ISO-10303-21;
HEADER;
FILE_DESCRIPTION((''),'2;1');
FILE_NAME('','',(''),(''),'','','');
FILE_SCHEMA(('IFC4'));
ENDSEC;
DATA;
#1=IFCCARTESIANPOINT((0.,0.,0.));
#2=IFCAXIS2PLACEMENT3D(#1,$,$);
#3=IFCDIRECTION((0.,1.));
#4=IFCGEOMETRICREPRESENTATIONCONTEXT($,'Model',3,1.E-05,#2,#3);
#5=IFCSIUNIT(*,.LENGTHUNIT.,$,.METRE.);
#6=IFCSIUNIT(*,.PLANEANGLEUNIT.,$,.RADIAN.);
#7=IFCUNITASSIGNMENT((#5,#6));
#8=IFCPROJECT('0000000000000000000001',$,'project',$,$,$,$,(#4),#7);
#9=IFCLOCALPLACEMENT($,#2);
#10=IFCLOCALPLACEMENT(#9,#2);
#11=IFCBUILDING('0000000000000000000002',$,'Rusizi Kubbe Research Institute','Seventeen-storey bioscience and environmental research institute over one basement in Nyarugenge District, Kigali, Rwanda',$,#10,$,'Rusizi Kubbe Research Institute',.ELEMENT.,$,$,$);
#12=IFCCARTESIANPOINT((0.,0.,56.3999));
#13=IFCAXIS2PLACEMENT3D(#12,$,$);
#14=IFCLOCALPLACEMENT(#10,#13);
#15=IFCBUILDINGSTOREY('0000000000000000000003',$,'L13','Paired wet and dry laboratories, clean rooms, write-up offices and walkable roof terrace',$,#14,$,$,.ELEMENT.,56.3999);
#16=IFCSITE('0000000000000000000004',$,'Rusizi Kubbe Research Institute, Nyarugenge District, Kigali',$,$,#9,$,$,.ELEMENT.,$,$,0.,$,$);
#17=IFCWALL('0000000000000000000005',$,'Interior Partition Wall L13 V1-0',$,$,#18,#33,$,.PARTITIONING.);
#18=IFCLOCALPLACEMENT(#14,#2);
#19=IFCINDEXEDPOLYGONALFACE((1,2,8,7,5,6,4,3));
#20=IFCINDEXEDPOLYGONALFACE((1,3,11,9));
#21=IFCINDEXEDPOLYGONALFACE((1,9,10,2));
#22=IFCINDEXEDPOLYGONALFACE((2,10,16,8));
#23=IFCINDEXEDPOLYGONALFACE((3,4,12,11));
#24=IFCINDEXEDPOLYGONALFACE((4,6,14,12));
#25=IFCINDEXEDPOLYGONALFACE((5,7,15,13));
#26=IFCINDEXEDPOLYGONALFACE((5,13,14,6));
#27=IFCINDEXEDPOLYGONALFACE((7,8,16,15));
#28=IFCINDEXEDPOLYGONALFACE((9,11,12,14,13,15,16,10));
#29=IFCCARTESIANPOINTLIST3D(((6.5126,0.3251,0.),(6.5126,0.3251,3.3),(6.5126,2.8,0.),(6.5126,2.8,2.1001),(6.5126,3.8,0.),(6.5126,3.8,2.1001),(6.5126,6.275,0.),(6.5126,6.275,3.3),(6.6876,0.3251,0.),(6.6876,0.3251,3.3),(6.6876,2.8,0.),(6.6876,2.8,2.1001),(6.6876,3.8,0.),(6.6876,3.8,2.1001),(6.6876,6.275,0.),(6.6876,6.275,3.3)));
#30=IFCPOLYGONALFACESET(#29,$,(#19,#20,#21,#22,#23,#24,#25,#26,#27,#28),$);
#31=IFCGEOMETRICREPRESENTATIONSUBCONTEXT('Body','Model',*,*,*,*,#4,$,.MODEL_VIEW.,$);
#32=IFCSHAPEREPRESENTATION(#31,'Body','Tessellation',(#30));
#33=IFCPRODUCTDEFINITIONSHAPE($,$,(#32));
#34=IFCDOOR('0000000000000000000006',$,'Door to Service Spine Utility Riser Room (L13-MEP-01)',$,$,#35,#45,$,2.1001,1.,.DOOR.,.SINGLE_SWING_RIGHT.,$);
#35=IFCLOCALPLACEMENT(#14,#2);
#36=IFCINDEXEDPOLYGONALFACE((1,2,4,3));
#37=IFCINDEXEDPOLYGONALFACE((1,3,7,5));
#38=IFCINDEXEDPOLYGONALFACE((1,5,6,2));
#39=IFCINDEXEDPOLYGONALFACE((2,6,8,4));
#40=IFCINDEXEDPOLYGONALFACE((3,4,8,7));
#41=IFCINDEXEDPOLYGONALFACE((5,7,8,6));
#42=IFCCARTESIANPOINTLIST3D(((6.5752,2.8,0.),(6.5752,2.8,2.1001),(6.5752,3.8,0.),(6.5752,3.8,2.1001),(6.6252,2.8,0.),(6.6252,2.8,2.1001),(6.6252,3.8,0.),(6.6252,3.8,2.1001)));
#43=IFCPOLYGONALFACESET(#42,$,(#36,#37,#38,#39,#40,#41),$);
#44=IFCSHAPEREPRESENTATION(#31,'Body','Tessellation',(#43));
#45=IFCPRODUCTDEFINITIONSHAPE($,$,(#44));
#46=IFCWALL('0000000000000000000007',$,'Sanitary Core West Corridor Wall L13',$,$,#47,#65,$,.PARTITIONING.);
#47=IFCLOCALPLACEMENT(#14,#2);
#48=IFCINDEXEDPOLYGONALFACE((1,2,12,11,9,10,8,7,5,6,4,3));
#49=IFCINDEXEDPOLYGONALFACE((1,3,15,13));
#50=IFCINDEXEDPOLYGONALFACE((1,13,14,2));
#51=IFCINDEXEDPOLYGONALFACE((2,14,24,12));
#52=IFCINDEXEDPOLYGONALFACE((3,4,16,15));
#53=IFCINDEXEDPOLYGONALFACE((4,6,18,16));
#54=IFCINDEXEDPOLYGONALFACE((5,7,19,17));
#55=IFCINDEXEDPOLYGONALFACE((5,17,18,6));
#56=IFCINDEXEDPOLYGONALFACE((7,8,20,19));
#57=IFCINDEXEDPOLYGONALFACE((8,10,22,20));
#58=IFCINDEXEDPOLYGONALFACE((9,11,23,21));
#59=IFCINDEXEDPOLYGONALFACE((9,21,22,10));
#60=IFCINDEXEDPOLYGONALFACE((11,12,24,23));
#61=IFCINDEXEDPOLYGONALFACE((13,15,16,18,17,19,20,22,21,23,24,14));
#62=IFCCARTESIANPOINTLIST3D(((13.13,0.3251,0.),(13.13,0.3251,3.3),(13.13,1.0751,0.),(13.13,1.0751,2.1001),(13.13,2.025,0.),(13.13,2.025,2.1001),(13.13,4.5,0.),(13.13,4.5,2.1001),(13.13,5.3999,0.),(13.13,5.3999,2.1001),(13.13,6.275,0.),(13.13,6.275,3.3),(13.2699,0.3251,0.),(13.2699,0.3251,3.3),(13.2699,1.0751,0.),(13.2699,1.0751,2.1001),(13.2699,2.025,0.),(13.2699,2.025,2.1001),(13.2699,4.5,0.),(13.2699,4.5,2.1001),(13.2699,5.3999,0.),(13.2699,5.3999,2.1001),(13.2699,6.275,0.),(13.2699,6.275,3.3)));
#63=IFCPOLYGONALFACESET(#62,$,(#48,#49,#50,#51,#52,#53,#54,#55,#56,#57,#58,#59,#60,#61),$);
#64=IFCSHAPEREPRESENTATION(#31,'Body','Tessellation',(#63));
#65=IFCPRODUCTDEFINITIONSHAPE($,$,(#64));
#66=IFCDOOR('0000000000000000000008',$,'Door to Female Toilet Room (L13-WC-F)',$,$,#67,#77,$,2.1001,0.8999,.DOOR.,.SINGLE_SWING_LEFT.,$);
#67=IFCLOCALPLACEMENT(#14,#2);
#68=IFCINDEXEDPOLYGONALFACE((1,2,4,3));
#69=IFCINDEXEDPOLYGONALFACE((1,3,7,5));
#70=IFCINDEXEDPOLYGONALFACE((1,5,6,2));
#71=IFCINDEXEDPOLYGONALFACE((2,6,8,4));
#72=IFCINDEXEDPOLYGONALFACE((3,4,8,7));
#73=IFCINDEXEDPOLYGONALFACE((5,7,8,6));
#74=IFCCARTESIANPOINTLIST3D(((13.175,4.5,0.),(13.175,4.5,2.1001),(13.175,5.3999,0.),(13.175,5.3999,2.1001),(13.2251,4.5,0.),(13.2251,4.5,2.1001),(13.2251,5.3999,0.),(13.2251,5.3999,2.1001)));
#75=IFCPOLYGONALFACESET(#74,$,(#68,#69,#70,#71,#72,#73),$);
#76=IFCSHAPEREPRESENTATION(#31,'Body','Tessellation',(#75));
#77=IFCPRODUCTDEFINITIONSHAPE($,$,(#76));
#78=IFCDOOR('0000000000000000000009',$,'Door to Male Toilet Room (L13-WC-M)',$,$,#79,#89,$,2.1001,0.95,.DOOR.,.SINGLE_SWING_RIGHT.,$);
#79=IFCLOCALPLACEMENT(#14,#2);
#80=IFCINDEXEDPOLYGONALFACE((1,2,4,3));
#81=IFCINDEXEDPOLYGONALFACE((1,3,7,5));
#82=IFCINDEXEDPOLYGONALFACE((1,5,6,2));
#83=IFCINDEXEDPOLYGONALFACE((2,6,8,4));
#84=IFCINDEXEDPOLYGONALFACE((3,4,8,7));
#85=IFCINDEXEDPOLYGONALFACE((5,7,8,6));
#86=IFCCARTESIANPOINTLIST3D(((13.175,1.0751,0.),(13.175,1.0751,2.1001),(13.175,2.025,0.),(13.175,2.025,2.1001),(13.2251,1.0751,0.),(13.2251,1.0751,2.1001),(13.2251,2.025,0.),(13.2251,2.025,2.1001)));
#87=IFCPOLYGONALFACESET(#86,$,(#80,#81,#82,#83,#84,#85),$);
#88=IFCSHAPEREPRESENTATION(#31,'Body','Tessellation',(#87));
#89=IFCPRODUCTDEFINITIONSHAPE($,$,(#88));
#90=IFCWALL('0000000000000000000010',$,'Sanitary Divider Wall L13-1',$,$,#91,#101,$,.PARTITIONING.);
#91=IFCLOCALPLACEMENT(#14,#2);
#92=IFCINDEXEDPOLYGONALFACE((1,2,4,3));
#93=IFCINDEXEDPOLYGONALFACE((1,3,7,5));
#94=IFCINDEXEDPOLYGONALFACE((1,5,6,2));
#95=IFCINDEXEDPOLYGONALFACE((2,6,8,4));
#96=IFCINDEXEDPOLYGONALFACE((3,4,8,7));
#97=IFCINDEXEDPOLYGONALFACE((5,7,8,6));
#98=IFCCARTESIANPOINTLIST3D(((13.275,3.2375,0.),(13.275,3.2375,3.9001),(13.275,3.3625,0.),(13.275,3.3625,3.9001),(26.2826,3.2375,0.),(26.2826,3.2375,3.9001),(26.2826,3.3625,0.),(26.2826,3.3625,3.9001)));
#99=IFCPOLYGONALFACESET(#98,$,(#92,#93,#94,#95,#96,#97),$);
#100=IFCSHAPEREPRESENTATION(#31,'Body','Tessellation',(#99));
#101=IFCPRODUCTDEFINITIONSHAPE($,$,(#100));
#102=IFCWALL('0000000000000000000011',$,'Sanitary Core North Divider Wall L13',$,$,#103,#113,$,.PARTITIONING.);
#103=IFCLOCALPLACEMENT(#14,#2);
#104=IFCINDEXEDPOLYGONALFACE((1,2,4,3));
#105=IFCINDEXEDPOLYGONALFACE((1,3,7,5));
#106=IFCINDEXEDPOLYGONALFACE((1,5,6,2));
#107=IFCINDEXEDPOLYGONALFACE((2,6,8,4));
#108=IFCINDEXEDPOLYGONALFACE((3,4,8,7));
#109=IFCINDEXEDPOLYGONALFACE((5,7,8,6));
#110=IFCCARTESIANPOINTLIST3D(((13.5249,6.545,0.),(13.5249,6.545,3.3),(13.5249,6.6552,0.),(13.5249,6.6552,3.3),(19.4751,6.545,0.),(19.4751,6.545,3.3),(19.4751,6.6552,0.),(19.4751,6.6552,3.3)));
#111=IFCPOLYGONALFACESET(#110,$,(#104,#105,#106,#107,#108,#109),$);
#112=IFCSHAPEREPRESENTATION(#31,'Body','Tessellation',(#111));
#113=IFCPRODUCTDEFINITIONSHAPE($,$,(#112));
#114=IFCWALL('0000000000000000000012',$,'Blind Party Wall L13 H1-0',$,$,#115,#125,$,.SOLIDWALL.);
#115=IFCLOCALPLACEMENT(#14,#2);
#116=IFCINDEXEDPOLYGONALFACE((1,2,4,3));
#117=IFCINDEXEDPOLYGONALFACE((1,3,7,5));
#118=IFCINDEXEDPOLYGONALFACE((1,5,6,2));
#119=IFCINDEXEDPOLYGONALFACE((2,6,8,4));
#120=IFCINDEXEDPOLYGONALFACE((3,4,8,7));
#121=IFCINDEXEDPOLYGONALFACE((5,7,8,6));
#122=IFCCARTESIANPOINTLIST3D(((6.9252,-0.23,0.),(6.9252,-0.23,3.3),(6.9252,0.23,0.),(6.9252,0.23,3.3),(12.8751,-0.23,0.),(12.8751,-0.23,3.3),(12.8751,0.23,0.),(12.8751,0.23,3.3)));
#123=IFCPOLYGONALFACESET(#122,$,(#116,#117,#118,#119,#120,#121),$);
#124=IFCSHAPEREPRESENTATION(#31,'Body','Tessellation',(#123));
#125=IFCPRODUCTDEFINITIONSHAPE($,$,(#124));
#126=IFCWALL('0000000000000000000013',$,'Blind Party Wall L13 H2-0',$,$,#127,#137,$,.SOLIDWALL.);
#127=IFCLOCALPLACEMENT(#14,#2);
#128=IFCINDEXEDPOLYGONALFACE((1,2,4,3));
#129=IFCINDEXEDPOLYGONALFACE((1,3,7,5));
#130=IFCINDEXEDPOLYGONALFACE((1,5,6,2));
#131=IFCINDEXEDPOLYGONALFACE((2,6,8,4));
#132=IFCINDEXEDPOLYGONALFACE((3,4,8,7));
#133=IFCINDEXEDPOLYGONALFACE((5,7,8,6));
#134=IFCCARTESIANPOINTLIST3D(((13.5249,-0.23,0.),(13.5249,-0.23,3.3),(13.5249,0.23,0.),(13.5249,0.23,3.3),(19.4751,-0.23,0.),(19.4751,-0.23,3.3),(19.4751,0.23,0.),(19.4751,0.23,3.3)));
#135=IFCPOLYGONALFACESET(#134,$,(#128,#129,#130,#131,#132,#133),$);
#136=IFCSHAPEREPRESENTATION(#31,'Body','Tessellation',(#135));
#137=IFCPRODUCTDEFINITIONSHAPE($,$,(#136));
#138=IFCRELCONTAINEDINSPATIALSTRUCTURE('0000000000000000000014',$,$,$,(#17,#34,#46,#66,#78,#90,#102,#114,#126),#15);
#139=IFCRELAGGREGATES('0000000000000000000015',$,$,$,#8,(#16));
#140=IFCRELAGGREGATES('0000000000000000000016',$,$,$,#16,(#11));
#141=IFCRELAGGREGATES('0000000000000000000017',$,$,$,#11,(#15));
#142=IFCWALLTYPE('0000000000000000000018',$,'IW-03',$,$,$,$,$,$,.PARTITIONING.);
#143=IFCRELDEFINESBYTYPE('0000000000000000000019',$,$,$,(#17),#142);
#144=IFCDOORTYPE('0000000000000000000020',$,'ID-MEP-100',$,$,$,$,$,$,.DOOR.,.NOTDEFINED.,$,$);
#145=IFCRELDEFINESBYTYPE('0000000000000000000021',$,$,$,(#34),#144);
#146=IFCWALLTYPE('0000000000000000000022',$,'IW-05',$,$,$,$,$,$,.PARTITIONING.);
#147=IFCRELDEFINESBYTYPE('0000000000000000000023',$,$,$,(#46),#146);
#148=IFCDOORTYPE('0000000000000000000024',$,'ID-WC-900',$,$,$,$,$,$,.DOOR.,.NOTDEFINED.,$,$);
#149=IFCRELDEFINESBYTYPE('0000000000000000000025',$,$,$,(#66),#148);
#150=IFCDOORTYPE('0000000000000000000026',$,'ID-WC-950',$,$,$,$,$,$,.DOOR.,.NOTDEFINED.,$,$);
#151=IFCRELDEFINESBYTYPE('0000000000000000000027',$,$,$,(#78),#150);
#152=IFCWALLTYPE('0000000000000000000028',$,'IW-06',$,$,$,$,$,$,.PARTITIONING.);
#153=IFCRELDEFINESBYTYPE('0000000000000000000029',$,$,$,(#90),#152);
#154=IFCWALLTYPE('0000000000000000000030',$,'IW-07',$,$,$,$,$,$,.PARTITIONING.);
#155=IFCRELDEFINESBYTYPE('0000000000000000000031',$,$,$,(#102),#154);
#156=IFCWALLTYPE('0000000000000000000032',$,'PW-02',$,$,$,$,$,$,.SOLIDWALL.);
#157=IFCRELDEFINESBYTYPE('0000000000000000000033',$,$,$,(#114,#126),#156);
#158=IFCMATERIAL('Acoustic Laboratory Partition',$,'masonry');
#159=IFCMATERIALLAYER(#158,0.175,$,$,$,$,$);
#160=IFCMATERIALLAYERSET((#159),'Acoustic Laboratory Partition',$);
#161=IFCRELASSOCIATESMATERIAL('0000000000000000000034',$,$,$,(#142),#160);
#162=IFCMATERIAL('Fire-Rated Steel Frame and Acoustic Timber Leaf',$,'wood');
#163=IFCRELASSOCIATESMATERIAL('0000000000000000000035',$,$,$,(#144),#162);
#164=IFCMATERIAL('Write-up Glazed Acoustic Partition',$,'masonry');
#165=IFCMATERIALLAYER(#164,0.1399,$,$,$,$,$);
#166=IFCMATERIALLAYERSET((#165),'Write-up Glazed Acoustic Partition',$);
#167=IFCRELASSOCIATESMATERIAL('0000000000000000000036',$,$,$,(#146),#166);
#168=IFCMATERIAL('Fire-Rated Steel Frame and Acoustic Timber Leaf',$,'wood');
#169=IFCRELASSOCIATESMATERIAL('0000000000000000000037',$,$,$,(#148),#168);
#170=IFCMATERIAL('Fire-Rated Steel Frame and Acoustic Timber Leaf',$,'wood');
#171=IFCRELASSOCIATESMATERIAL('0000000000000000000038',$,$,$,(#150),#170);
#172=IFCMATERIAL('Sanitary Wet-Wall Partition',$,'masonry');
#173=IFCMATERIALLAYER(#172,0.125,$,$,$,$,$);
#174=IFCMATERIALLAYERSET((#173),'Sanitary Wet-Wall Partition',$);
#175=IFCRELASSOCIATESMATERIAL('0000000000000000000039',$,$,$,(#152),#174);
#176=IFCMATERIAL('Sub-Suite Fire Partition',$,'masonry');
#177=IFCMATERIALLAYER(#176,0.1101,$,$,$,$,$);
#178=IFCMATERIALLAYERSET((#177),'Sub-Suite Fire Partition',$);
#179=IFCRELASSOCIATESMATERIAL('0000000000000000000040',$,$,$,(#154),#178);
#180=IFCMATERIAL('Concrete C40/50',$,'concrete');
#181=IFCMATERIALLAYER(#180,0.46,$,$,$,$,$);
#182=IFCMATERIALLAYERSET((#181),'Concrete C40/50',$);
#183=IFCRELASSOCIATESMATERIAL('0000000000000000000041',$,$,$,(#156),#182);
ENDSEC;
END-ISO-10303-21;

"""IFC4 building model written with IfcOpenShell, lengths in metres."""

from ifc_helpers import new_model, si_unit, direction, frame, frame_2d, origin, place, context, subcontext, project, spatial, rectangle, extrude, material, layer, layer_set, type_object, element, fill, save


model = new_model("IFC4")

# Units and contexts
model_context = context("Model", 3, precision=1e-05, world=origin(), true_north=direction((0.0, 1.0)))
body_context = subcontext(model_context, "Body", "Model", "MODEL_VIEW")
ifc_project = project(units=[si_unit("LENGTHUNIT", "METRE"), si_unit("PLANEANGLEUNIT", "RADIAN")], contexts=[model_context])

# Site, building, storey
site_placement = place(None, origin())
site = spatial("IfcSite", under=ifc_project, at=site_placement, Name="Rusizi Kubbe Research Institute, Nyarugenge District, Kigali", CompositionType="ELEMENT", RefElevation=0.0)
building_placement = place(site_placement, origin())
building = spatial("IfcBuilding", under=site, at=building_placement, Name="Rusizi Kubbe Research Institute", Description="Seventeen-storey bioscience and environmental research institute over one basement in Nyarugenge District, Kigali, Rwanda", LongName="Rusizi Kubbe Research Institute", CompositionType="ELEMENT")
storey_placement = place(building_placement, frame((0.0, 0.0, 56.3999)))
storey = spatial("IfcBuildingStorey", under=building, at=storey_placement, Name="L13", Description="Paired wet and dry laboratories, clean rooms, write-up offices and walkable roof terrace", CompositionType="ELEMENT", Elevation=56.3999)

# Wall, opening, door
ifc_material_1 = material(Name="Acoustic Laboratory Partition", Category="masonry")
ifc_layer_1 = layer(ifc_material_1, 0.175)
ifc_layer_set_1 = layer_set([ifc_layer_1], Name="Acoustic Laboratory Partition")
wall_type_1 = type_object("IfcWallType", Name="IW-03", PredefinedType="PARTITIONING", material=ifc_layer_set_1)
wall_1_placement = place(storey_placement, frame((6.6001, 0.325, 0.0), z_axis=(0.0, 0.0, 1.0), x_axis=(0.0, 1.0, 0.0)))
wall_1 = element("IfcWall", 1, at=wall_1_placement, inside=storey, type_object=wall_type_1, Name="Interior Partition Wall L13 V1-0", PredefinedType="PARTITIONING", context=body_context, shape_type="SweptSolid", body=[
    extrude(rectangle(XDim=5.95, YDim=0.175, at=frame_2d((2.9751, 0.0))), origin(), (0.0, 0.0, 1.0), 3.3),
])
opening_1_placement = place(wall_1_placement, frame((2.4751, 0.0, 0.0)))
opening_1 = element("IfcOpeningElement", 2, at=opening_1_placement, cuts=wall_1, PredefinedType="OPENING", context=body_context, shape_type="SweptSolid", body=[
    extrude(rectangle(XDim=1.0, YDim=2.1001, at=frame_2d((0.5, 1.05))), frame((0.0, 0.0974, 0.0), z_axis=(0.0, -1.0, 0.0), x_axis=(1.0, 0.0, 0.0)), (0.0, 0.0, 1.0), 0.1951),
])
ifc_material_2 = material(Name="Fire-Rated Steel Frame and Acoustic Timber Leaf", Category="wood")
door_type_1 = type_object("IfcDoorType", Name="ID-MEP-100", OperationType="NOTDEFINED", PredefinedType="DOOR", material=ifc_material_2)
door_1_placement = place(opening_1_placement, origin())
door_1 = element("IfcDoor", 3, at=door_1_placement, inside=storey, type_object=door_type_1, Name="Door to Service Spine Utility Riser Room (L13-MEP-01)", OperationType="SINGLE_SWING_RIGHT", OverallHeight=2.1001, OverallWidth=1.0, PredefinedType="DOOR", context=body_context, shape_type="SweptSolid", body=[
    extrude(rectangle(XDim=1.0, YDim=2.1001, at=frame_2d((0.5, 1.05))), frame((0.0, 0.0249, 0.0), z_axis=(0.0, -1.0, 0.0), x_axis=(1.0, 0.0, 0.0)), (0.0, 0.0, 1.0), 0.05),
])
fill(opening_1, door_1)

# Wall, openings, doors
ifc_material_3 = material(Name="Write-up Glazed Acoustic Partition", Category="masonry")
ifc_layer_2 = layer(ifc_material_3, 0.1399)
ifc_layer_set_2 = layer_set([ifc_layer_2], Name="Write-up Glazed Acoustic Partition")
wall_type_2 = type_object("IfcWallType", Name="IW-05", PredefinedType="PARTITIONING", material=ifc_layer_set_2)
wall_2_placement = place(storey_placement, frame((13.2, 0.325, 0.0), z_axis=(0.0, 0.0, 1.0), x_axis=(0.0, 1.0, 0.0)))
wall_2 = element("IfcWall", 4, at=wall_2_placement, inside=storey, type_object=wall_type_2, Name="Sanitary Core West Corridor Wall L13", PredefinedType="PARTITIONING", context=body_context, shape_type="SweptSolid", body=[
    extrude(rectangle(XDim=5.95, YDim=0.1399, at=frame_2d((2.9751, 0.0))), origin(), (0.0, 0.0, 1.0), 3.3),
])
opening_2_placement = place(wall_2_placement, frame((0.75, 0.0, 0.0)))
opening_2 = element("IfcOpeningElement", 5, at=opening_2_placement, cuts=wall_2, PredefinedType="OPENING", context=body_context, shape_type="SweptSolid", body=[
    extrude(rectangle(XDim=0.95, YDim=2.1001, at=frame_2d((0.4751, 1.05))), frame((0.0, 0.0798, 0.0), z_axis=(0.0, -1.0, 0.0), x_axis=(1.0, 0.0, 0.0)), (0.0, 0.0, 1.0), 0.1599),
])
opening_3_placement = place(wall_2_placement, frame((4.175, 0.0, 0.0)))
opening_3 = element("IfcOpeningElement", 6, at=opening_3_placement, cuts=wall_2, PredefinedType="OPENING", context=body_context, shape_type="SweptSolid", body=[
    extrude(rectangle(XDim=0.8999, YDim=2.1001, at=frame_2d((0.45, 1.05))), frame((0.0, 0.0798, 0.0), z_axis=(0.0, -1.0, 0.0), x_axis=(1.0, 0.0, 0.0)), (0.0, 0.0, 1.0), 0.1599),
])
ifc_material_4 = material(Name="Fire-Rated Steel Frame and Acoustic Timber Leaf", Category="wood")
door_type_2 = type_object("IfcDoorType", Name="ID-WC-900", OperationType="NOTDEFINED", PredefinedType="DOOR", material=ifc_material_4)
door_2_placement = place(opening_3_placement, origin())
door_2 = element("IfcDoor", 7, at=door_2_placement, inside=storey, type_object=door_type_2, Name="Door to Female Toilet Room (L13-WC-F)", OperationType="SINGLE_SWING_LEFT", OverallHeight=2.1001, OverallWidth=0.8999, PredefinedType="DOOR", context=body_context, shape_type="SweptSolid", body=[
    extrude(rectangle(XDim=0.8999, YDim=2.1001, at=frame_2d((0.45, 1.05))), frame((0.0, 0.0249, 0.0), z_axis=(0.0, -1.0, 0.0), x_axis=(1.0, 0.0, 0.0)), (0.0, 0.0, 1.0), 0.05),
])
fill(opening_3, door_2)
ifc_material_5 = material(Name="Fire-Rated Steel Frame and Acoustic Timber Leaf", Category="wood")
door_type_3 = type_object("IfcDoorType", Name="ID-WC-950", OperationType="NOTDEFINED", PredefinedType="DOOR", material=ifc_material_5)
door_3_placement = place(opening_2_placement, origin())
door_3 = element("IfcDoor", 8, at=door_3_placement, inside=storey, type_object=door_type_3, Name="Door to Male Toilet Room (L13-WC-M)", OperationType="SINGLE_SWING_RIGHT", OverallHeight=2.1001, OverallWidth=0.95, PredefinedType="DOOR", context=body_context, shape_type="SweptSolid", body=[
    extrude(rectangle(XDim=0.95, YDim=2.1001, at=frame_2d((0.4751, 1.05))), frame((0.0, 0.0249, 0.0), z_axis=(0.0, -1.0, 0.0), x_axis=(1.0, 0.0, 0.0)), (0.0, 0.0, 1.0), 0.05),
])
fill(opening_2, door_3)

# Walls
ifc_material_6 = material(Name="Sanitary Wet-Wall Partition", Category="masonry")
ifc_layer_3 = layer(ifc_material_6, 0.125)
ifc_layer_set_3 = layer_set([ifc_layer_3], Name="Sanitary Wet-Wall Partition")
wall_type_3 = type_object("IfcWallType", Name="IW-06", PredefinedType="PARTITIONING", material=ifc_layer_set_3)
wall_3_placement = place(storey_placement, frame((13.2749, 3.3, 0.0), z_axis=(0.0, 0.0, 1.0), x_axis=(1.0, 0.0, 0.0)))
element("IfcWall", 9, at=wall_3_placement, inside=storey, type_object=wall_type_3, Name="Sanitary Divider Wall L13-1", PredefinedType="PARTITIONING", context=body_context, shape_type="SweptSolid", body=[
    extrude(rectangle(XDim=13.0076, YDim=0.125, at=frame_2d((6.5039, 0.0))), origin(), (0.0, 0.0, 1.0), 3.9001),
])
ifc_material_7 = material(Name="Sub-Suite Fire Partition", Category="masonry")
ifc_layer_4 = layer(ifc_material_7, 0.1101)
ifc_layer_set_4 = layer_set([ifc_layer_4], Name="Sub-Suite Fire Partition")
wall_type_4 = type_object("IfcWallType", Name="IW-07", PredefinedType="PARTITIONING", material=ifc_layer_set_4)
wall_4_placement = place(storey_placement, frame((13.5249, 6.6001, 0.0), z_axis=(0.0, 0.0, 1.0), x_axis=(1.0, 0.0, 0.0)))
element("IfcWall", 10, at=wall_4_placement, inside=storey, type_object=wall_type_4, Name="Sanitary Core North Divider Wall L13", PredefinedType="PARTITIONING", context=body_context, shape_type="SweptSolid", body=[
    extrude(rectangle(XDim=5.9502, YDim=0.1101, at=frame_2d((2.9751, 0.0))), origin(), (0.0, 0.0, 1.0), 3.3),
])
ifc_material_8 = material(Name="Concrete C40/50", Category="concrete")
ifc_layer_5 = layer(ifc_material_8, 0.46)
ifc_layer_set_5 = layer_set([ifc_layer_5], Name="Concrete C40/50")
wall_type_5 = type_object("IfcWallType", Name="PW-02", PredefinedType="SOLIDWALL", material=ifc_layer_set_5)
wall_5_placement = place(storey_placement, frame((6.925, 0.0, 0.0), z_axis=(0.0, 0.0, 1.0), x_axis=(1.0, 0.0, 0.0)))
element("IfcWall", 11, at=wall_5_placement, inside=storey, type_object=wall_type_5, Name="Blind Party Wall L13 H1-0", PredefinedType="SOLIDWALL", context=body_context, shape_type="SweptSolid", body=[
    extrude(rectangle(XDim=5.95, YDim=0.46, at=frame_2d((2.9751, 0.0))), origin(), (0.0, 0.0, 1.0), 3.3),
])
wall_6_placement = place(storey_placement, frame((13.5249, 0.0, 0.0), z_axis=(0.0, 0.0, 1.0), x_axis=(1.0, 0.0, 0.0)))
element("IfcWall", 12, at=wall_6_placement, inside=storey, type_object=wall_type_5, Name="Blind Party Wall L13 H2-0", PredefinedType="SOLIDWALL", context=body_context, shape_type="SweptSolid", body=[
    extrude(rectangle(XDim=5.9502, YDim=0.46, at=frame_2d((2.9751, 0.0))), origin(), (0.0, 0.0, 1.0), 3.3),
])

save(model, "model.ifc")
